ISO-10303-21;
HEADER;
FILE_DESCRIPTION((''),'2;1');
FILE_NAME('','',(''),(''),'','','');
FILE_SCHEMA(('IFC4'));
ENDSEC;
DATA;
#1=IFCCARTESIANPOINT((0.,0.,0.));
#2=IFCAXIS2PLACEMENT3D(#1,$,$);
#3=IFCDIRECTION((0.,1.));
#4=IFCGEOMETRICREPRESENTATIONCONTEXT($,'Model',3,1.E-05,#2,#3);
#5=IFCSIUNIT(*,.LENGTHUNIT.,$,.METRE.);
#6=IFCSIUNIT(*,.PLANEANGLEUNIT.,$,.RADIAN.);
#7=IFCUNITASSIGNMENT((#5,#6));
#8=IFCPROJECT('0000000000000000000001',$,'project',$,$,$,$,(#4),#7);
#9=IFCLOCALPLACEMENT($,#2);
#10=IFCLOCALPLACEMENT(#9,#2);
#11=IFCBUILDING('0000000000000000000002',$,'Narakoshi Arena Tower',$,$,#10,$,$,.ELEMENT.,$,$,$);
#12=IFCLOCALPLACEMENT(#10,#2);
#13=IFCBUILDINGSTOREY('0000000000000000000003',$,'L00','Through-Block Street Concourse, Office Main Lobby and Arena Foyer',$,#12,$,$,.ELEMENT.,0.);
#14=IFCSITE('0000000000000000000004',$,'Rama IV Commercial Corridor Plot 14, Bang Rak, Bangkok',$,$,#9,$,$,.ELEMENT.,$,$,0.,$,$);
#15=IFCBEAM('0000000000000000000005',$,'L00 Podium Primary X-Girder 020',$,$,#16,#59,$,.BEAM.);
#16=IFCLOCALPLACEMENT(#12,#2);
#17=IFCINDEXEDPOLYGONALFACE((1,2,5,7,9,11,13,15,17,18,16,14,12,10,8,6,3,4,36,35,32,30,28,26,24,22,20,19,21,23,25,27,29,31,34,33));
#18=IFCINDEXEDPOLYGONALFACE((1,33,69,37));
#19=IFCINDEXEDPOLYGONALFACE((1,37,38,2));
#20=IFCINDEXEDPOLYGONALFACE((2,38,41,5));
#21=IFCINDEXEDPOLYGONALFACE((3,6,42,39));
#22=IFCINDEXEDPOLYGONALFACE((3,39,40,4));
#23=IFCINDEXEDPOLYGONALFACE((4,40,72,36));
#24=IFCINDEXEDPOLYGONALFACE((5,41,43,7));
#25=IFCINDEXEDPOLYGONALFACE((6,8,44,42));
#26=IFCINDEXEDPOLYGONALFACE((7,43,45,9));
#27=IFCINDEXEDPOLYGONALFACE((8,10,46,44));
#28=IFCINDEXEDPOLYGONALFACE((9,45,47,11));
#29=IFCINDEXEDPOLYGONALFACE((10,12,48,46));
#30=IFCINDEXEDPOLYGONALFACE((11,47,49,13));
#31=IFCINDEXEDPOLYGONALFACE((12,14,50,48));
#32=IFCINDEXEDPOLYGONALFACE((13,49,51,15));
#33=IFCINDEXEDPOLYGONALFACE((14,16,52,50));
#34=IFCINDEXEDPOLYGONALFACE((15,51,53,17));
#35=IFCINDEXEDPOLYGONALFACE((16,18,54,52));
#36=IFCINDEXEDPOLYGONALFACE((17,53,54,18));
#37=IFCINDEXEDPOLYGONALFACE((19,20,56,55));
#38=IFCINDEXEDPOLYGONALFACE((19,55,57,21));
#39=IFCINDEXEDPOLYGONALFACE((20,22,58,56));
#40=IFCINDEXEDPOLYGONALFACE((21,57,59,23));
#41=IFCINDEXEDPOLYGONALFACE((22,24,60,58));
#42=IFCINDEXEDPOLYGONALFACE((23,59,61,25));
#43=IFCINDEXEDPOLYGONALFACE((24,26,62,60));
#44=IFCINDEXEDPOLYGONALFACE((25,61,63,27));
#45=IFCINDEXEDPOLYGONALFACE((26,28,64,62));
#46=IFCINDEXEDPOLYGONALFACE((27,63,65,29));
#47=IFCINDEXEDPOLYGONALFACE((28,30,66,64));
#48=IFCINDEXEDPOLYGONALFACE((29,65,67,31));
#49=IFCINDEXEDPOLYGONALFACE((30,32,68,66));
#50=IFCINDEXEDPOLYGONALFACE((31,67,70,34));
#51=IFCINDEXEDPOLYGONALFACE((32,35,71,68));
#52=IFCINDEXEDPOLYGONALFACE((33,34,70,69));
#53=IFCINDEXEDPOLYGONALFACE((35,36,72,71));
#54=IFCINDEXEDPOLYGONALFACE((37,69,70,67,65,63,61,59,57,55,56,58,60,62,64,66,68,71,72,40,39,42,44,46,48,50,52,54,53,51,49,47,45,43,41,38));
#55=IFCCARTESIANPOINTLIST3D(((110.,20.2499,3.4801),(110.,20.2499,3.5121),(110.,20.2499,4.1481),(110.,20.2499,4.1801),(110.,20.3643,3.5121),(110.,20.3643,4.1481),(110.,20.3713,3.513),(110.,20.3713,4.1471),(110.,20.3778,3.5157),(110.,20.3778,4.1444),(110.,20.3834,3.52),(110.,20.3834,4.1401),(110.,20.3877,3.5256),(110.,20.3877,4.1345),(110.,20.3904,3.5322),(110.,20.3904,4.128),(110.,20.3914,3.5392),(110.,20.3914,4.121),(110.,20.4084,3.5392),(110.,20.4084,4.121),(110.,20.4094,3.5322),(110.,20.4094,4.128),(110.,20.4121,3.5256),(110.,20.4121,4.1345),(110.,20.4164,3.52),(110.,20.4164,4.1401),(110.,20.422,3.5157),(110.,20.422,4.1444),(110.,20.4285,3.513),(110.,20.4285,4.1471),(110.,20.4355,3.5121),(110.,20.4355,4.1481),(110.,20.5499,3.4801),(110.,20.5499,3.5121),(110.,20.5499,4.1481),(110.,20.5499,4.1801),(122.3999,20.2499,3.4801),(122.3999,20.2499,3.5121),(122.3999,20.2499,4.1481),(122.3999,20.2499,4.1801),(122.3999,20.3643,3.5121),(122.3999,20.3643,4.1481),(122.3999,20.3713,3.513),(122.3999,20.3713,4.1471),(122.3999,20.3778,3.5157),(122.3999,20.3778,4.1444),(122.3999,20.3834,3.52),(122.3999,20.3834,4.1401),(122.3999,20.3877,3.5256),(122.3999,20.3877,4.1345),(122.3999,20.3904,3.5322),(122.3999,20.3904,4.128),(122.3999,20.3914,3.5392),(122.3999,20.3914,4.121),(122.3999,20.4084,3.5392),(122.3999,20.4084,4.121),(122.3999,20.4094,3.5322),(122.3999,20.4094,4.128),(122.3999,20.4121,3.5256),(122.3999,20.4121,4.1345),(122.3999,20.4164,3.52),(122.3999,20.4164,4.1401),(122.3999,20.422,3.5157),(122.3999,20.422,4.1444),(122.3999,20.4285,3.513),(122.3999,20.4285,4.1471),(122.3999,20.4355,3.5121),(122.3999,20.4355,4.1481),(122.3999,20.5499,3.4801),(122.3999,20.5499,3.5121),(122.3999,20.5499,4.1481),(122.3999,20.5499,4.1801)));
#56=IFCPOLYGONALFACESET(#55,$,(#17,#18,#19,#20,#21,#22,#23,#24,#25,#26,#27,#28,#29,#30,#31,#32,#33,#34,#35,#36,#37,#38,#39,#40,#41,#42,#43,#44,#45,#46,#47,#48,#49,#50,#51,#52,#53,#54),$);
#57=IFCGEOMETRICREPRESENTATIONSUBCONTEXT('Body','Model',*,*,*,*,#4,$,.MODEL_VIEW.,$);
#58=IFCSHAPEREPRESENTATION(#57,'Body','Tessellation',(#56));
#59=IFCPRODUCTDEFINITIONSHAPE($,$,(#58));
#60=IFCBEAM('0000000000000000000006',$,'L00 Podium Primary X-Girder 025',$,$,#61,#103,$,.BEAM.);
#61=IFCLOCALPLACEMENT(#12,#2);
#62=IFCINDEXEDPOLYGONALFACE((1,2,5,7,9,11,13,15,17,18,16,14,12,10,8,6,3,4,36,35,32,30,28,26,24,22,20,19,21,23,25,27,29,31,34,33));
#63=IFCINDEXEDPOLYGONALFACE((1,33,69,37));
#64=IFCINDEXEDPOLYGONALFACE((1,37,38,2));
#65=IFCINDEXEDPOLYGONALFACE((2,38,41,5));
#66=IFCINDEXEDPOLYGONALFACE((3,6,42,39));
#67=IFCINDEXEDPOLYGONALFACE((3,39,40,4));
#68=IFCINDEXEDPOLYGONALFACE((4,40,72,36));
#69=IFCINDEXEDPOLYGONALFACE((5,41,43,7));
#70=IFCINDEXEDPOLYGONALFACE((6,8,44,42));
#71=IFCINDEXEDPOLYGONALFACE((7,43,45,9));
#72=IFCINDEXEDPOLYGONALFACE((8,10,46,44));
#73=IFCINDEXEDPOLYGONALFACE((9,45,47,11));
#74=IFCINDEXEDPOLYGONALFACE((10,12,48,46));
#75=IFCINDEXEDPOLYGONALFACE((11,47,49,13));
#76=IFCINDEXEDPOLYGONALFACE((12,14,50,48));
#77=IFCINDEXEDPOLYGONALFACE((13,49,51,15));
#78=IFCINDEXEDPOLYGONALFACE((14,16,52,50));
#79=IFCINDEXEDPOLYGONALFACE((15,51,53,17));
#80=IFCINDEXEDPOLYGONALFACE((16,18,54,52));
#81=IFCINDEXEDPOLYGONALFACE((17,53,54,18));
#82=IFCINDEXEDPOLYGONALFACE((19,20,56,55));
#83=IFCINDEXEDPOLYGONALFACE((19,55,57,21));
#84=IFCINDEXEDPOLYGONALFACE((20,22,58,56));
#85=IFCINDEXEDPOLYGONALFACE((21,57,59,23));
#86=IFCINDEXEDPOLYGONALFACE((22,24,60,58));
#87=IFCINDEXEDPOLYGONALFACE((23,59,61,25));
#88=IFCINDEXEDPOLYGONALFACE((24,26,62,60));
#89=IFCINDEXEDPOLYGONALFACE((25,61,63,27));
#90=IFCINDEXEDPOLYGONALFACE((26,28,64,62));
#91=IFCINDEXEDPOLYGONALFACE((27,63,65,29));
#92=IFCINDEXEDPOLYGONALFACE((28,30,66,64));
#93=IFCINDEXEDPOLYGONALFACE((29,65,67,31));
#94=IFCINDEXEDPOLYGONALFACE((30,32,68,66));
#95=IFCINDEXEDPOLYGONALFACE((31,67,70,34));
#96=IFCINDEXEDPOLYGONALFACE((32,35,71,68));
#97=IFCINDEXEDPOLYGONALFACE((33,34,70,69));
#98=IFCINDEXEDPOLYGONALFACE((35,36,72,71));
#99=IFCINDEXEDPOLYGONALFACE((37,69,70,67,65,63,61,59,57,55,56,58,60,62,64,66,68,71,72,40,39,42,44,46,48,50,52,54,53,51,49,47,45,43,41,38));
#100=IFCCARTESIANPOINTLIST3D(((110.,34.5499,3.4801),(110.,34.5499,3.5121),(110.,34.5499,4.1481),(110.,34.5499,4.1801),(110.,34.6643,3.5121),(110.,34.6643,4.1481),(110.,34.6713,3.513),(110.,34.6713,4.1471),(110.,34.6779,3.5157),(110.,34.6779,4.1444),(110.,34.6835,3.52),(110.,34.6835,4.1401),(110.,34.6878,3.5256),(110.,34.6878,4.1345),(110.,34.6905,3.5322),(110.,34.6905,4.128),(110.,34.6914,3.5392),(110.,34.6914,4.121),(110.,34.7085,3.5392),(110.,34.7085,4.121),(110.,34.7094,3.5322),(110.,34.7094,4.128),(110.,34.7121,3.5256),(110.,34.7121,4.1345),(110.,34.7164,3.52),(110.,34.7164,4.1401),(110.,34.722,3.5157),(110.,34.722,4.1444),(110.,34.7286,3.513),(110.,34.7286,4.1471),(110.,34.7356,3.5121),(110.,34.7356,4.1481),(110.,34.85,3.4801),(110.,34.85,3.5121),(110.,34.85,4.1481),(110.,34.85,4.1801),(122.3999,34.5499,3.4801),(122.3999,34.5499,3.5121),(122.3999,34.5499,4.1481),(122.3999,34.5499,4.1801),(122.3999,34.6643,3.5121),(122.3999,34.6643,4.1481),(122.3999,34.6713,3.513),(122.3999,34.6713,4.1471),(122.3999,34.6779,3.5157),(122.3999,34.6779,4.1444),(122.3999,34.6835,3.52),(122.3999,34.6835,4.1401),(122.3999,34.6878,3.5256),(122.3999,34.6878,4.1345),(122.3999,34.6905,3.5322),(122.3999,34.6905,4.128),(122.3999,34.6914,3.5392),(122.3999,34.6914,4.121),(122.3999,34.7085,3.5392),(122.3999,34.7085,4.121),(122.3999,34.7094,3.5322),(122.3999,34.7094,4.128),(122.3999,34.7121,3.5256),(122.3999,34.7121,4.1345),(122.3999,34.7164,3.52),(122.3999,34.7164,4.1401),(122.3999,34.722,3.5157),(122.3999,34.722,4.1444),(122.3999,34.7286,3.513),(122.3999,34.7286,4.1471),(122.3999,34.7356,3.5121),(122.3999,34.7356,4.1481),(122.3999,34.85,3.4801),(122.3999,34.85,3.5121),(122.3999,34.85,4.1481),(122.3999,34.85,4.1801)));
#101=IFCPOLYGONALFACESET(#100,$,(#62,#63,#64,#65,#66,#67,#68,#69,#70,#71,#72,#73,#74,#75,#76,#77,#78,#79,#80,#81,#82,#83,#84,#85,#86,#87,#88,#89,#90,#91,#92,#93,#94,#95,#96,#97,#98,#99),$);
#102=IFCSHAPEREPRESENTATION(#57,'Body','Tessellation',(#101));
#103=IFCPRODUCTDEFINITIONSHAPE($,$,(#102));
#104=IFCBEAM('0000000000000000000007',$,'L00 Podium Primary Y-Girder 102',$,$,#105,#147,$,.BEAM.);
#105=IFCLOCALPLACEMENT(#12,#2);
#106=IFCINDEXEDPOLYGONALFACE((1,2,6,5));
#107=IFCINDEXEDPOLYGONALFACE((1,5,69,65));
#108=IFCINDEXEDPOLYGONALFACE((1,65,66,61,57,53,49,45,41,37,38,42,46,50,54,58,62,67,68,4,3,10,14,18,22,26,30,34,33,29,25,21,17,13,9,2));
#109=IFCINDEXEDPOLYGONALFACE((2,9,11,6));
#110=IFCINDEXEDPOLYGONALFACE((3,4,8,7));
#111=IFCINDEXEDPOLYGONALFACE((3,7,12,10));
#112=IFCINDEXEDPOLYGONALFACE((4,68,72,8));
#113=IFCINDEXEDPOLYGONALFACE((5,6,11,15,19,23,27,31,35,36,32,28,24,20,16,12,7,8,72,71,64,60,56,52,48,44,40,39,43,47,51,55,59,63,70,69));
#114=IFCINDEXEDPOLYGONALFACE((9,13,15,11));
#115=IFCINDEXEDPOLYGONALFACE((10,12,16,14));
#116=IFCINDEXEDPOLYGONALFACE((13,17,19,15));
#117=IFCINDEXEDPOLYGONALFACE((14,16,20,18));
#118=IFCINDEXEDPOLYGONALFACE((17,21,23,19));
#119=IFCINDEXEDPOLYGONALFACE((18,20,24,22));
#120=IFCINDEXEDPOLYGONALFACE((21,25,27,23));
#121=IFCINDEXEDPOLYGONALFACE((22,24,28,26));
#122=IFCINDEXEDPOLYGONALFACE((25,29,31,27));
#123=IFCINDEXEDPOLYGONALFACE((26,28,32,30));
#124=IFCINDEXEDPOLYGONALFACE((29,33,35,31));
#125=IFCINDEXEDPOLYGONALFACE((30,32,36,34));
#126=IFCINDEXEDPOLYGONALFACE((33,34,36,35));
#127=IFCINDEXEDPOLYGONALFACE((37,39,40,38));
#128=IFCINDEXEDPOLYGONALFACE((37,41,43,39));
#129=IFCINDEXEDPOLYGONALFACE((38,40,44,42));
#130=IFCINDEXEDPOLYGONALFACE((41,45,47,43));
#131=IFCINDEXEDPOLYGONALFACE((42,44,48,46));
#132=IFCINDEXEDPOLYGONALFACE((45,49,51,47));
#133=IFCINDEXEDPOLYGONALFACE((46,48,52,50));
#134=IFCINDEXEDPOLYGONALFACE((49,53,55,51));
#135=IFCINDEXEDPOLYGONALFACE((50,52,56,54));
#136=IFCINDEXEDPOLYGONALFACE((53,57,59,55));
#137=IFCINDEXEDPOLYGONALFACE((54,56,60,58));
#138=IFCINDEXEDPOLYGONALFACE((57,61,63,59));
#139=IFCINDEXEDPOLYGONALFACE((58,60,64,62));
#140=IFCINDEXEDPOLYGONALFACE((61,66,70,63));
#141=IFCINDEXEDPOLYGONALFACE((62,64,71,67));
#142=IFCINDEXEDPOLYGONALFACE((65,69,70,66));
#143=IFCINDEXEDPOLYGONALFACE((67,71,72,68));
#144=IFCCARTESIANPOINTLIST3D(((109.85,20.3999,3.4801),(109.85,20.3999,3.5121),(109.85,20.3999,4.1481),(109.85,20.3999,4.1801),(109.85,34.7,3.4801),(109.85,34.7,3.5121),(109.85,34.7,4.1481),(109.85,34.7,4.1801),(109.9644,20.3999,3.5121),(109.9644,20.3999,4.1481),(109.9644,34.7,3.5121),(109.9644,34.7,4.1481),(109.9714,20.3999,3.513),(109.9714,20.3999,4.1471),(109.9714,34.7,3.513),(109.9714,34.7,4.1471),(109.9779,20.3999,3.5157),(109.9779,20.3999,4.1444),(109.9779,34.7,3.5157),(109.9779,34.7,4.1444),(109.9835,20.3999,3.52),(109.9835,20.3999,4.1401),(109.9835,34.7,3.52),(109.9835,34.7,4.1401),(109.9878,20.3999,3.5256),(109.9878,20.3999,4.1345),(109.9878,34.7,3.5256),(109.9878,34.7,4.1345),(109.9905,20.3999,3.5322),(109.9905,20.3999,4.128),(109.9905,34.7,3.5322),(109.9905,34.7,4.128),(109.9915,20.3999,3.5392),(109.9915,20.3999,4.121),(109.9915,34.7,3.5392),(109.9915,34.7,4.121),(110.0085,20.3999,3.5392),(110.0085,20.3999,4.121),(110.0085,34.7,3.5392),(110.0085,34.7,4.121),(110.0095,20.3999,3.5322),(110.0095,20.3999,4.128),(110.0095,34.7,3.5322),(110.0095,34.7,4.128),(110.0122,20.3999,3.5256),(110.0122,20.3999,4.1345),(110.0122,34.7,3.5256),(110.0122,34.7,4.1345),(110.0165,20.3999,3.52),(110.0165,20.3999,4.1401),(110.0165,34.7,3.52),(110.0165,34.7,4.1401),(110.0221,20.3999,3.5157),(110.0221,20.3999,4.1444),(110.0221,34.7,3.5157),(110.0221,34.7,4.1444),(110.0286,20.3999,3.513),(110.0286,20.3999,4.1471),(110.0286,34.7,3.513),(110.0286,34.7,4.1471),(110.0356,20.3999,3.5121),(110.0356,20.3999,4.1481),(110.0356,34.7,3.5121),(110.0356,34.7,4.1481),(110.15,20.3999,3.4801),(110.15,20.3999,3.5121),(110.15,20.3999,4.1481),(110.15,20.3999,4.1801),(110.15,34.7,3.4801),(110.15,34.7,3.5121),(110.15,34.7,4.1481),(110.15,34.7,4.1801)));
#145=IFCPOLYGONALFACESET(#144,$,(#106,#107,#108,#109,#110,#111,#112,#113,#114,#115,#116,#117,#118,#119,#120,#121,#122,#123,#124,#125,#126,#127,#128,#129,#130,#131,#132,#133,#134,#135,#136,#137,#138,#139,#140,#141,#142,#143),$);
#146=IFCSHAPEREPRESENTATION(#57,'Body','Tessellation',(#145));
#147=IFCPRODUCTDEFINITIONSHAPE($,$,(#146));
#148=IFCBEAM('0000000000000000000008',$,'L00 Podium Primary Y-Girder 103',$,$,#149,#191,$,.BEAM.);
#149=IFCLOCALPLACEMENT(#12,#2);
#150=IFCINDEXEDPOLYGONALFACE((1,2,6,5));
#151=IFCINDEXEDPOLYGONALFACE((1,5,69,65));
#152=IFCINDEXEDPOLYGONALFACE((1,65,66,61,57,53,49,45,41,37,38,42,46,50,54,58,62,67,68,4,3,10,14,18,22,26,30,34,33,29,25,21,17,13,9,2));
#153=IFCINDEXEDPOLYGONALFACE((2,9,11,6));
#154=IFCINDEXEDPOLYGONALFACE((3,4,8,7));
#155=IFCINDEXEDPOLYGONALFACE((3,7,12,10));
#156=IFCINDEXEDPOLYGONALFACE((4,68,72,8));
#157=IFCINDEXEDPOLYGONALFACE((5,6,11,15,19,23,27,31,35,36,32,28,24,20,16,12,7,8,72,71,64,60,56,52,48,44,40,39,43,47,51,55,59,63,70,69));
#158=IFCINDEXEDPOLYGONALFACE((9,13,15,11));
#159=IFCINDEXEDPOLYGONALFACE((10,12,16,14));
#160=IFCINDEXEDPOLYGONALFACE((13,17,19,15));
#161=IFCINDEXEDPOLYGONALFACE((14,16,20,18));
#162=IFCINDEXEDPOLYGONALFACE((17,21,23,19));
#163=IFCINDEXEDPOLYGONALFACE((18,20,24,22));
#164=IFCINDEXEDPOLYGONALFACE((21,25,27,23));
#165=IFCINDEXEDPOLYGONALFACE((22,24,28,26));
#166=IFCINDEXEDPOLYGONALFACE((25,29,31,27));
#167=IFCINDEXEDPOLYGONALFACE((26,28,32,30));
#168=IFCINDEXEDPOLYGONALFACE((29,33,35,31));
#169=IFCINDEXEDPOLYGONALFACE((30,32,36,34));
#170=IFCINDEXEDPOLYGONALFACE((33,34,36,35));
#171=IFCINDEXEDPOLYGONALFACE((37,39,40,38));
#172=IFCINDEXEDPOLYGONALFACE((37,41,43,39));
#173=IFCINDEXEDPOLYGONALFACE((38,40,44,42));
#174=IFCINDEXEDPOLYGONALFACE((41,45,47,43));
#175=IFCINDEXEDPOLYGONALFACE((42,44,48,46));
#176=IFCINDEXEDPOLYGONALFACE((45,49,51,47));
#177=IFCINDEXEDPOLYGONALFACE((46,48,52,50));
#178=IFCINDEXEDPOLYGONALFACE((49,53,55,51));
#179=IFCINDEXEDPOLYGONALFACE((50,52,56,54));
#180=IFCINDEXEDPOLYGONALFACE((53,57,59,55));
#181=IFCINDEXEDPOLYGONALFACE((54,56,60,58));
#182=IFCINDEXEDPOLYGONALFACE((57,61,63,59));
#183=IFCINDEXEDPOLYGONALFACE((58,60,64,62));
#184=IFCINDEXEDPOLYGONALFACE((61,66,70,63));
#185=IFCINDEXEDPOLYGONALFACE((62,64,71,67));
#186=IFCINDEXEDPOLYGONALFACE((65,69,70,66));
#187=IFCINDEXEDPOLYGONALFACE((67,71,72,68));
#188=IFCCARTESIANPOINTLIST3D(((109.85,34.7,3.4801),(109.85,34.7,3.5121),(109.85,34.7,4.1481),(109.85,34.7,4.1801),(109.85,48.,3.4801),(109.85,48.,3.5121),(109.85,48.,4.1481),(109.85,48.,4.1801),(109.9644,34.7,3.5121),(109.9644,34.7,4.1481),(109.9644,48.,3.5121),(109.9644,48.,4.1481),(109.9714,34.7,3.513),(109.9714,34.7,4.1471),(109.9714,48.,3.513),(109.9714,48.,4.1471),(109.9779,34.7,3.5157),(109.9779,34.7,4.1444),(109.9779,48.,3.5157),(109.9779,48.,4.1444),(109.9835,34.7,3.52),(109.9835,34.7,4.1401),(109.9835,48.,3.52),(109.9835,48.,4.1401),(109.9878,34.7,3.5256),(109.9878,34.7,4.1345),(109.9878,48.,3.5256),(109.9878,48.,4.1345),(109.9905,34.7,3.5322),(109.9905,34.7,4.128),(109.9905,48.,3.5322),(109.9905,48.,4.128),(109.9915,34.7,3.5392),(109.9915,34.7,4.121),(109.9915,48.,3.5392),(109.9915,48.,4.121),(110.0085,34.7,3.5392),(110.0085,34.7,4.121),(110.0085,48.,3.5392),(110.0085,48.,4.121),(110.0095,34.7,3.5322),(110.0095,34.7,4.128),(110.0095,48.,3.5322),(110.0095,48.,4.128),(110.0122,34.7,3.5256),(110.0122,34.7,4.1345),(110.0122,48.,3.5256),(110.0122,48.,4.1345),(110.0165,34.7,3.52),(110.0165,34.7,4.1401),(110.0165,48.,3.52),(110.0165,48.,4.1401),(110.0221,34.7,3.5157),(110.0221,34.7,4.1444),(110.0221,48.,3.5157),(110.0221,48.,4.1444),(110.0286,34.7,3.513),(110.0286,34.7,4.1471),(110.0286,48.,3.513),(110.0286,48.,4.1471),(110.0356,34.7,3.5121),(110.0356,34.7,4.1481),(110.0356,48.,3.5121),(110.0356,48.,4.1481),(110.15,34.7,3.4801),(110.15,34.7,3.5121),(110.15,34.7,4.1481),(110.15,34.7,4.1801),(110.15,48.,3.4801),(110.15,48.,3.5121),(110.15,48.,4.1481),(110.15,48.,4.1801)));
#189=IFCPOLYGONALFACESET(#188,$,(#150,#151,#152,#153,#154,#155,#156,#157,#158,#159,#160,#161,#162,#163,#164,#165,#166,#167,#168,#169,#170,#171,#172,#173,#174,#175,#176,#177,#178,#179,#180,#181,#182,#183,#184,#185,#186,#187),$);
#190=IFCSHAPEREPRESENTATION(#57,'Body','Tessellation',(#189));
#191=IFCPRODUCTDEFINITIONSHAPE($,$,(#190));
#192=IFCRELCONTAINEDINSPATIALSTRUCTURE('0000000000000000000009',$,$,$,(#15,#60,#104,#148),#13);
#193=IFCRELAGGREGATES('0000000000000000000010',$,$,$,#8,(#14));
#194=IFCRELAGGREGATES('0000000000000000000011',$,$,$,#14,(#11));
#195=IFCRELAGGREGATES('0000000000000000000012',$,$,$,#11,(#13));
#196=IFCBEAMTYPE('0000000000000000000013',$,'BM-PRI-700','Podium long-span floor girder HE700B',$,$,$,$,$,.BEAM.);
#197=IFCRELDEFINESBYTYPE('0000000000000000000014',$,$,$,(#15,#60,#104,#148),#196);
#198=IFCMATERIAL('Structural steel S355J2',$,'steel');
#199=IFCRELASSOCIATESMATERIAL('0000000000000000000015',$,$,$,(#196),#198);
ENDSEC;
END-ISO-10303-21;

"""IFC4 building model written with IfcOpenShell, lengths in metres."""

from ifc_helpers import new_model, si_unit, direction, frame, origin, origin_2d, place, context, subcontext, project, spatial, i_section, extrude, material, material_profile, profile_set, type_object, element, save


model = new_model("IFC4")

# Units and contexts
model_context = context("Model", 3, precision=1e-05, world=origin(), true_north=direction((0.0, 1.0)))
body_context = subcontext(model_context, "Body", "Model", "MODEL_VIEW")
ifc_project = project(units=[si_unit("LENGTHUNIT", "METRE"), si_unit("PLANEANGLEUNIT", "RADIAN")], contexts=[model_context])

# Site, building, storey
site_placement = place(None, origin())
site = spatial("IfcSite", under=ifc_project, at=site_placement, Name="Rama IV Commercial Corridor Plot 14, Bang Rak, Bangkok", CompositionType="ELEMENT", RefElevation=0.0)
building_placement = place(site_placement, origin())
building = spatial("IfcBuilding", under=site, at=building_placement, Name="Narakoshi Arena Tower", CompositionType="ELEMENT")
storey_placement = place(building_placement, origin())
storey = spatial("IfcBuildingStorey", under=building, at=storey_placement, Name="L00", Description="Through-Block Street Concourse, Office Main Lobby and Arena Foyer", CompositionType="ELEMENT", Elevation=0.0)

# Shared definitions
ifc_material_1 = material(Name="Structural steel S355J2", Category="steel")

# Beams
ifc_material_profile_1 = material_profile(ifc_material_1, i_section(OverallWidth=0.3, OverallDepth=0.7, WebThickness=0.0171, FlangeThickness=0.032, FilletRadius=0.0271, at=origin_2d()), Name="HE700B")
ifc_profile_set_1 = profile_set([ifc_material_profile_1], Name="Structural steel S355J2")
beam_type_1 = type_object("IfcBeamType", Name="BM-PRI-700", Description="Podium long-span floor girder HE700B", PredefinedType="BEAM", material=ifc_profile_set_1)
for number, where, z_axis, x_axis, name in (
    (1, (110.0, 20.3999, 3.8301), (1.0, 0.0, 0.0), (0.0, 1.0, 0.0), "L00 Podium Primary X-Girder 020"),
    (2, (110.0, 34.7, 3.8301), (1.0, 0.0, 0.0), (0.0, 1.0, 0.0), "L00 Podium Primary X-Girder 025"),
):
    element("IfcBeam", number, at=place(storey_placement, frame(where, z_axis=z_axis, x_axis=x_axis)), inside=storey, type_object=beam_type_1, Name=name, PredefinedType="BEAM", context=body_context, shape_type="SweptSolid", body=[
        extrude(i_section(OverallWidth=0.3, OverallDepth=0.7, WebThickness=0.0171, FlangeThickness=0.032, FilletRadius=0.0271, at=origin_2d()), origin(), (0.0, 0.0, 1.0), 12.3999),
    ])
beam_1_placement = place(storey_placement, frame((110.0, 20.3999, 3.8301), z_axis=(0.0, 1.0, 0.0), x_axis=(-1.0, 0.0, 0.0)))
element("IfcBeam", 3, at=beam_1_placement, inside=storey, type_object=beam_type_1, Name="L00 Podium Primary Y-Girder 102", PredefinedType="BEAM", context=body_context, shape_type="SweptSolid", body=[
    extrude(i_section(OverallWidth=0.3, OverallDepth=0.7, WebThickness=0.0171, FlangeThickness=0.032, FilletRadius=0.0271, at=origin_2d()), origin(), (0.0, 0.0, 1.0), 14.3),
])
beam_2_placement = place(storey_placement, frame((110.0, 34.7, 3.8301), z_axis=(0.0, 1.0, 0.0), x_axis=(-1.0, 0.0, 0.0)))
element("IfcBeam", 4, at=beam_2_placement, inside=storey, type_object=beam_type_1, Name="L00 Podium Primary Y-Girder 103", PredefinedType="BEAM", context=body_context, shape_type="SweptSolid", body=[
    extrude(i_section(OverallWidth=0.3, OverallDepth=0.7, WebThickness=0.0171, FlangeThickness=0.032, FilletRadius=0.0271, at=origin_2d()), origin(), (0.0, 0.0, 1.0), 13.3),
])

save(model, "model.ifc")
